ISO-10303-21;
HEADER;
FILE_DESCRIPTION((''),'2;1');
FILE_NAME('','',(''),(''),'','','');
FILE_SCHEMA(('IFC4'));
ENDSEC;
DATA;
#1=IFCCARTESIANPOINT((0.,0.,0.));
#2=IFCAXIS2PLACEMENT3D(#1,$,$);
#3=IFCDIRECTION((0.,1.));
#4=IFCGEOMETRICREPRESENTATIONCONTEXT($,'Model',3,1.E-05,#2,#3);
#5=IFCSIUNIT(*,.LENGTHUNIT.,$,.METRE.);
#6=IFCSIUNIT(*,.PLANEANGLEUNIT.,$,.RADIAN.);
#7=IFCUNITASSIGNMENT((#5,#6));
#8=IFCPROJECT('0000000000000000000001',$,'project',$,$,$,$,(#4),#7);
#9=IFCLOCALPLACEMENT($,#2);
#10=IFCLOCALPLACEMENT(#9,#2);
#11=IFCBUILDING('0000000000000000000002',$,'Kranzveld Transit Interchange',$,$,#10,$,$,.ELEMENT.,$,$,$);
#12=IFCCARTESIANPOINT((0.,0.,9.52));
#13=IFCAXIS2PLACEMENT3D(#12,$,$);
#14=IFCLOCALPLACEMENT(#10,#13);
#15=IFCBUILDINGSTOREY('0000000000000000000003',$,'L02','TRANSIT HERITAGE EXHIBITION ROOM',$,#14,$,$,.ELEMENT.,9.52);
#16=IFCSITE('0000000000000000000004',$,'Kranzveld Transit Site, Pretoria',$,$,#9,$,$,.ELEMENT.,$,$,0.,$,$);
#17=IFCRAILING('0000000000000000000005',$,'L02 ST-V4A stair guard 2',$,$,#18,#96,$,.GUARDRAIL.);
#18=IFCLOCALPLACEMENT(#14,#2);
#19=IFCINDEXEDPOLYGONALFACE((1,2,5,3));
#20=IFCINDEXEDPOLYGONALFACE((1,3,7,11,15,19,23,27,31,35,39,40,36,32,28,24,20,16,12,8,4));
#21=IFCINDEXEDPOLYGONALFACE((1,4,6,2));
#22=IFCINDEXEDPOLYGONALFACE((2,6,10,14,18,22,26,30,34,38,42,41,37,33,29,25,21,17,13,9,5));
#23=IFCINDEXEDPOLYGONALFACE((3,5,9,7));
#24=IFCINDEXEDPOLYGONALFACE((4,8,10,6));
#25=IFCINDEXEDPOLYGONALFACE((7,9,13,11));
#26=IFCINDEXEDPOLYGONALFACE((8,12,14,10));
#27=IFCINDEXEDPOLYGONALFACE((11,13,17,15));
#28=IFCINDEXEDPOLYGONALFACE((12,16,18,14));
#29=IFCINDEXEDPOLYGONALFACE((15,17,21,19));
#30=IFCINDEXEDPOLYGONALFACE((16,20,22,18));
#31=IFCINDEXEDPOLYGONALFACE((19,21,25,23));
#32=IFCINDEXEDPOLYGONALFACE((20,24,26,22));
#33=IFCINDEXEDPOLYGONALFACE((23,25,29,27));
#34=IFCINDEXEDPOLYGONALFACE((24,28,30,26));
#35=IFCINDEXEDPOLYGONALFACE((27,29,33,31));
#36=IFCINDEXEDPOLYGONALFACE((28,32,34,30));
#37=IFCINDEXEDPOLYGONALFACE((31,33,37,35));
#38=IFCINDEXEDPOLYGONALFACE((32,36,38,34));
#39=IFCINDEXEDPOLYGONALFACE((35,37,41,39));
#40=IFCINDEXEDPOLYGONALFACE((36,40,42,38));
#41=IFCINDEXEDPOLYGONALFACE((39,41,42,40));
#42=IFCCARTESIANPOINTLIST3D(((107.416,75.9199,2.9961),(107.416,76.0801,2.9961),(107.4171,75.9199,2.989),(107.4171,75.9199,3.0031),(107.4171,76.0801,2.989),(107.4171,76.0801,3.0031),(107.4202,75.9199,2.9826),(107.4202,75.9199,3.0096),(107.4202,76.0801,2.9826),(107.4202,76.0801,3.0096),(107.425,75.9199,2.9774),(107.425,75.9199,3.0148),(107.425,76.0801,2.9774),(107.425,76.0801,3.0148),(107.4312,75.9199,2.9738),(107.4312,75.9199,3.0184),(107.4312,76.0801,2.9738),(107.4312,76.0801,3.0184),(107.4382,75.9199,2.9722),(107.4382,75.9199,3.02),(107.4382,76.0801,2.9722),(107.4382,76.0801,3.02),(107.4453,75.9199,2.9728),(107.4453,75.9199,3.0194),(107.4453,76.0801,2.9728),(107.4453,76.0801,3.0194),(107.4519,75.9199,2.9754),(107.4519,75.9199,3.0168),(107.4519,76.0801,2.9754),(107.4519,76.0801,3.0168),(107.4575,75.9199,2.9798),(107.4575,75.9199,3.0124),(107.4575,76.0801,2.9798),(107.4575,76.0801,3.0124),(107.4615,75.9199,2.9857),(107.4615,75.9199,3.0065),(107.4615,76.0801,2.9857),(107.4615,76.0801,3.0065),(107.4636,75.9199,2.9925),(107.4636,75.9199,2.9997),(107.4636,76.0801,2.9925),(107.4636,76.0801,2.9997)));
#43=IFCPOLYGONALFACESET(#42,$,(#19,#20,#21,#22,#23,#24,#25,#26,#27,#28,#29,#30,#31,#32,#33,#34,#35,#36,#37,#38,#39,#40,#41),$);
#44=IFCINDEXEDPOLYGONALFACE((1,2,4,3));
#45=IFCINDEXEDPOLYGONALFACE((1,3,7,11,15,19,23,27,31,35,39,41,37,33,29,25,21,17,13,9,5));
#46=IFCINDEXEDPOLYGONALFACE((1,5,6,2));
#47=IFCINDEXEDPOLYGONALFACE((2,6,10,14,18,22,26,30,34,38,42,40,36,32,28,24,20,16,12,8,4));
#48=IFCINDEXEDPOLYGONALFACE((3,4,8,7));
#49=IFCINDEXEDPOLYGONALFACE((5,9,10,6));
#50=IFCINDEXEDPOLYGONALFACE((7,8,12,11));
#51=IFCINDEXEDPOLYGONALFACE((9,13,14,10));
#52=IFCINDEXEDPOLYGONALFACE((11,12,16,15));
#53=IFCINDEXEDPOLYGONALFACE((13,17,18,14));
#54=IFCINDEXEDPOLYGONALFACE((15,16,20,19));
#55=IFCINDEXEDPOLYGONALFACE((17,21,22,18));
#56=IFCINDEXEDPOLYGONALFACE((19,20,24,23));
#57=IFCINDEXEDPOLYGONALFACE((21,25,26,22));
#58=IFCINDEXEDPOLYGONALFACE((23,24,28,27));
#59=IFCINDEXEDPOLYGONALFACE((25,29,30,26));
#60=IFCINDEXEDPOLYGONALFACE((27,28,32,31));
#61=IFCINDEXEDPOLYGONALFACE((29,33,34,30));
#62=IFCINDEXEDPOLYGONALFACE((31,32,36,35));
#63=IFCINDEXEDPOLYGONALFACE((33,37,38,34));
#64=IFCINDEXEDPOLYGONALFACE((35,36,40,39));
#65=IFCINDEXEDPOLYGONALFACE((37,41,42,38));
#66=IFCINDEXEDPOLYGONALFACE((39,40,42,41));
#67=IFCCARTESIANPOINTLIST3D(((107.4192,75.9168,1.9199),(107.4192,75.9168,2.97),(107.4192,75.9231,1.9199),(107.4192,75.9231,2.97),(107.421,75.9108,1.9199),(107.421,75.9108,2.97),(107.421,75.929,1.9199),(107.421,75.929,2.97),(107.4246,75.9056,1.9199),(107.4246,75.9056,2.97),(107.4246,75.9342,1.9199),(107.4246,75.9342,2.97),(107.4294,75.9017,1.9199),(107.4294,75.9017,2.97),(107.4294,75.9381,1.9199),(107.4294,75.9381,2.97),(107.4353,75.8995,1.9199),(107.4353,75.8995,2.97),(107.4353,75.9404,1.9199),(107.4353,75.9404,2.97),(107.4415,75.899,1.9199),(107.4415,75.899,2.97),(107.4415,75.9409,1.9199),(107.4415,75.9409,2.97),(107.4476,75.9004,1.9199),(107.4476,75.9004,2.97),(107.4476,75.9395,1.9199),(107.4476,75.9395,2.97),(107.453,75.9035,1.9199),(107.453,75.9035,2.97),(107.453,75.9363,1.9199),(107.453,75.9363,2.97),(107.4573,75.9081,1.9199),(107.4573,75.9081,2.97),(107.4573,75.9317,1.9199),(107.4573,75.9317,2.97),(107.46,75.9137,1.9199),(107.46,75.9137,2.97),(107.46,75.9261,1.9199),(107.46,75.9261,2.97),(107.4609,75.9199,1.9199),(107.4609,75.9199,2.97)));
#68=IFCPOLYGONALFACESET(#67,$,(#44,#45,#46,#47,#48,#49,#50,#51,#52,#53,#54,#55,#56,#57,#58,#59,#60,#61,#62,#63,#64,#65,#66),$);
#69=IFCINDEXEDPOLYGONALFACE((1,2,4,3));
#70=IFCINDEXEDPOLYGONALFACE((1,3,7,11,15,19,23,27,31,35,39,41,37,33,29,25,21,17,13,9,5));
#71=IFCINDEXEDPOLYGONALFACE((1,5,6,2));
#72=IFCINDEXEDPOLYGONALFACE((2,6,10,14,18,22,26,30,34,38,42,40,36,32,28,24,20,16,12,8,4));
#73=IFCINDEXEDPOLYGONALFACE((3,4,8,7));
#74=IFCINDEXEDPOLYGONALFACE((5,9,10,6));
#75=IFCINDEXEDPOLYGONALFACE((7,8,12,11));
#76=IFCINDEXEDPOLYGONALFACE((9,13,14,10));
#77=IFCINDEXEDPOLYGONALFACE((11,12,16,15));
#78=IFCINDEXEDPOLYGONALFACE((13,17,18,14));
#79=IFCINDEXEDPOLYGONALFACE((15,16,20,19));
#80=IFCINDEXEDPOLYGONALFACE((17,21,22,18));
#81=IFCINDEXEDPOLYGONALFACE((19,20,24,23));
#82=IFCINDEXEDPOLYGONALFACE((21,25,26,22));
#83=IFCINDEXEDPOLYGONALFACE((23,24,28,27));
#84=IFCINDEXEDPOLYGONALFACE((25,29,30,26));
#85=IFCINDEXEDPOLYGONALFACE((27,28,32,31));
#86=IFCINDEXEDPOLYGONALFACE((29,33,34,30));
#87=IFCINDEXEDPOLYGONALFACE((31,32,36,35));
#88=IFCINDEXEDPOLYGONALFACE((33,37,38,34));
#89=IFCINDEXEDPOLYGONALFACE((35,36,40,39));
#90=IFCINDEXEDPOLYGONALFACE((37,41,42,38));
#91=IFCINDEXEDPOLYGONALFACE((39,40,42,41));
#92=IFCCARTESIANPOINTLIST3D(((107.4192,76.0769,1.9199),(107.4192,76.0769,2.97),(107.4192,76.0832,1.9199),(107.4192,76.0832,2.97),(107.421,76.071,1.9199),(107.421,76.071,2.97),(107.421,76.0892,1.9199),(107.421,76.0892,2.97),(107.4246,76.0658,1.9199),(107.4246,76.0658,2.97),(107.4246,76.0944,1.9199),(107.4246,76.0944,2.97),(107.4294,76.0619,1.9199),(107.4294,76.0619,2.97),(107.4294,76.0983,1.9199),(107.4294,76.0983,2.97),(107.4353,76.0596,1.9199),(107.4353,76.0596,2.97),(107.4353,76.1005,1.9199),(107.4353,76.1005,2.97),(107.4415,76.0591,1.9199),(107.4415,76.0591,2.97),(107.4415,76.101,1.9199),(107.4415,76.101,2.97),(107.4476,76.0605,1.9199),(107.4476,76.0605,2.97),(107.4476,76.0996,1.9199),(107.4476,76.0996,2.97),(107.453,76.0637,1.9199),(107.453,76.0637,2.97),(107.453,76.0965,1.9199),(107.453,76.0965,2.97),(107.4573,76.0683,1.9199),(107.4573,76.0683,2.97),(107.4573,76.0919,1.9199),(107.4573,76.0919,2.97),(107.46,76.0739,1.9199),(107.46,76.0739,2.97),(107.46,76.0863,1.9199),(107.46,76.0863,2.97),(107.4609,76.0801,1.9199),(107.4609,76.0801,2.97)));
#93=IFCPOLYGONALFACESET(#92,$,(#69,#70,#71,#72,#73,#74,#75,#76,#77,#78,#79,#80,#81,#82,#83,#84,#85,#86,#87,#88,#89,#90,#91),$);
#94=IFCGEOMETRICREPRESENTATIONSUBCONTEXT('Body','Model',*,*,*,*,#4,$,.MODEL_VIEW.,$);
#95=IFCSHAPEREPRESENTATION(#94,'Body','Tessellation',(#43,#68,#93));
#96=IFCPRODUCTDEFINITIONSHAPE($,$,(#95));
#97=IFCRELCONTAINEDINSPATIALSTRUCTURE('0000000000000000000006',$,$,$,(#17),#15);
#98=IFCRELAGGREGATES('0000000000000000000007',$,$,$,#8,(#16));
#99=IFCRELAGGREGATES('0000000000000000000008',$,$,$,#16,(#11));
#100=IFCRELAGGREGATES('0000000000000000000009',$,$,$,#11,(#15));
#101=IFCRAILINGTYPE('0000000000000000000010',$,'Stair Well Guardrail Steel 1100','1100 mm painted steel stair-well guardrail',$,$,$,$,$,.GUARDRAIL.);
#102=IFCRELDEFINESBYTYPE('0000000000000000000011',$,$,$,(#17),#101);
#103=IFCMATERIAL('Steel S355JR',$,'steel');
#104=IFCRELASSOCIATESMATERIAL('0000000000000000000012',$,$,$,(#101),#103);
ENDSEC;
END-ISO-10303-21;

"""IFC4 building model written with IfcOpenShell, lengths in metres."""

from ifc_helpers import new_model, si_unit, direction, frame, origin, origin_2d, place, context, subcontext, project, spatial, circle, extrude, material, type_object, element, save


model = new_model("IFC4")

# Units and contexts
model_context = context("Model", 3, precision=1e-05, world=origin(), true_north=direction((0.0, 1.0)))
body_context = subcontext(model_context, "Body", "Model", "MODEL_VIEW")
ifc_project = project(units=[si_unit("LENGTHUNIT", "METRE"), si_unit("PLANEANGLEUNIT", "RADIAN")], contexts=[model_context])

# Site, building, storey
site_placement = place(None, origin())
site = spatial("IfcSite", under=ifc_project, at=site_placement, Name="Kranzveld Transit Site, Pretoria", CompositionType="ELEMENT", RefElevation=0.0)
building_placement = place(site_placement, origin())
building = spatial("IfcBuilding", under=site, at=building_placement, Name="Kranzveld Transit Interchange", CompositionType="ELEMENT")
storey_placement = place(building_placement, frame((0.0, 0.0, 9.52)))
storey = spatial("IfcBuildingStorey", under=building, at=storey_placement, Name="L02", Description="TRANSIT HERITAGE EXHIBITION ROOM", CompositionType="ELEMENT", Elevation=9.52)

# Railing
ifc_material_1 = material(Name="Steel S355JR", Category="steel")
railing_type_1 = type_object("IfcRailingType", Name="Stair Well Guardrail Steel 1100", Description="1100 mm painted steel stair-well guardrail", PredefinedType="GUARDRAIL", material=ifc_material_1)
railing_1_placement = place(storey_placement, frame((107.4399, 75.9199, 1.9199)))
element("IfcRailing", 1, at=railing_1_placement, inside=storey, type_object=railing_type_1, Name="L02 ST-V4A stair guard 2", PredefinedType="GUARDRAIL", context=body_context, shape_type="SweptSolid", body=[
    extrude(circle(Radius=0.0239, at=origin_2d()), frame((0.0, 0.0, 1.0762), z_axis=(0.0, 1.0, 0.0), x_axis=(-1.0, 0.0, 0.0)), (0.0, 0.0, 1.0), 0.1602),
    extrude(circle(Radius=0.021, at=origin_2d()), origin(), (0.0, 0.0, 1.0), 1.05),
    extrude(circle(Radius=0.021, at=origin_2d()), frame((0.0, 0.1602, 0.0)), (0.0, 0.0, 1.0), 1.05),
])

save(model, "model.ifc")
